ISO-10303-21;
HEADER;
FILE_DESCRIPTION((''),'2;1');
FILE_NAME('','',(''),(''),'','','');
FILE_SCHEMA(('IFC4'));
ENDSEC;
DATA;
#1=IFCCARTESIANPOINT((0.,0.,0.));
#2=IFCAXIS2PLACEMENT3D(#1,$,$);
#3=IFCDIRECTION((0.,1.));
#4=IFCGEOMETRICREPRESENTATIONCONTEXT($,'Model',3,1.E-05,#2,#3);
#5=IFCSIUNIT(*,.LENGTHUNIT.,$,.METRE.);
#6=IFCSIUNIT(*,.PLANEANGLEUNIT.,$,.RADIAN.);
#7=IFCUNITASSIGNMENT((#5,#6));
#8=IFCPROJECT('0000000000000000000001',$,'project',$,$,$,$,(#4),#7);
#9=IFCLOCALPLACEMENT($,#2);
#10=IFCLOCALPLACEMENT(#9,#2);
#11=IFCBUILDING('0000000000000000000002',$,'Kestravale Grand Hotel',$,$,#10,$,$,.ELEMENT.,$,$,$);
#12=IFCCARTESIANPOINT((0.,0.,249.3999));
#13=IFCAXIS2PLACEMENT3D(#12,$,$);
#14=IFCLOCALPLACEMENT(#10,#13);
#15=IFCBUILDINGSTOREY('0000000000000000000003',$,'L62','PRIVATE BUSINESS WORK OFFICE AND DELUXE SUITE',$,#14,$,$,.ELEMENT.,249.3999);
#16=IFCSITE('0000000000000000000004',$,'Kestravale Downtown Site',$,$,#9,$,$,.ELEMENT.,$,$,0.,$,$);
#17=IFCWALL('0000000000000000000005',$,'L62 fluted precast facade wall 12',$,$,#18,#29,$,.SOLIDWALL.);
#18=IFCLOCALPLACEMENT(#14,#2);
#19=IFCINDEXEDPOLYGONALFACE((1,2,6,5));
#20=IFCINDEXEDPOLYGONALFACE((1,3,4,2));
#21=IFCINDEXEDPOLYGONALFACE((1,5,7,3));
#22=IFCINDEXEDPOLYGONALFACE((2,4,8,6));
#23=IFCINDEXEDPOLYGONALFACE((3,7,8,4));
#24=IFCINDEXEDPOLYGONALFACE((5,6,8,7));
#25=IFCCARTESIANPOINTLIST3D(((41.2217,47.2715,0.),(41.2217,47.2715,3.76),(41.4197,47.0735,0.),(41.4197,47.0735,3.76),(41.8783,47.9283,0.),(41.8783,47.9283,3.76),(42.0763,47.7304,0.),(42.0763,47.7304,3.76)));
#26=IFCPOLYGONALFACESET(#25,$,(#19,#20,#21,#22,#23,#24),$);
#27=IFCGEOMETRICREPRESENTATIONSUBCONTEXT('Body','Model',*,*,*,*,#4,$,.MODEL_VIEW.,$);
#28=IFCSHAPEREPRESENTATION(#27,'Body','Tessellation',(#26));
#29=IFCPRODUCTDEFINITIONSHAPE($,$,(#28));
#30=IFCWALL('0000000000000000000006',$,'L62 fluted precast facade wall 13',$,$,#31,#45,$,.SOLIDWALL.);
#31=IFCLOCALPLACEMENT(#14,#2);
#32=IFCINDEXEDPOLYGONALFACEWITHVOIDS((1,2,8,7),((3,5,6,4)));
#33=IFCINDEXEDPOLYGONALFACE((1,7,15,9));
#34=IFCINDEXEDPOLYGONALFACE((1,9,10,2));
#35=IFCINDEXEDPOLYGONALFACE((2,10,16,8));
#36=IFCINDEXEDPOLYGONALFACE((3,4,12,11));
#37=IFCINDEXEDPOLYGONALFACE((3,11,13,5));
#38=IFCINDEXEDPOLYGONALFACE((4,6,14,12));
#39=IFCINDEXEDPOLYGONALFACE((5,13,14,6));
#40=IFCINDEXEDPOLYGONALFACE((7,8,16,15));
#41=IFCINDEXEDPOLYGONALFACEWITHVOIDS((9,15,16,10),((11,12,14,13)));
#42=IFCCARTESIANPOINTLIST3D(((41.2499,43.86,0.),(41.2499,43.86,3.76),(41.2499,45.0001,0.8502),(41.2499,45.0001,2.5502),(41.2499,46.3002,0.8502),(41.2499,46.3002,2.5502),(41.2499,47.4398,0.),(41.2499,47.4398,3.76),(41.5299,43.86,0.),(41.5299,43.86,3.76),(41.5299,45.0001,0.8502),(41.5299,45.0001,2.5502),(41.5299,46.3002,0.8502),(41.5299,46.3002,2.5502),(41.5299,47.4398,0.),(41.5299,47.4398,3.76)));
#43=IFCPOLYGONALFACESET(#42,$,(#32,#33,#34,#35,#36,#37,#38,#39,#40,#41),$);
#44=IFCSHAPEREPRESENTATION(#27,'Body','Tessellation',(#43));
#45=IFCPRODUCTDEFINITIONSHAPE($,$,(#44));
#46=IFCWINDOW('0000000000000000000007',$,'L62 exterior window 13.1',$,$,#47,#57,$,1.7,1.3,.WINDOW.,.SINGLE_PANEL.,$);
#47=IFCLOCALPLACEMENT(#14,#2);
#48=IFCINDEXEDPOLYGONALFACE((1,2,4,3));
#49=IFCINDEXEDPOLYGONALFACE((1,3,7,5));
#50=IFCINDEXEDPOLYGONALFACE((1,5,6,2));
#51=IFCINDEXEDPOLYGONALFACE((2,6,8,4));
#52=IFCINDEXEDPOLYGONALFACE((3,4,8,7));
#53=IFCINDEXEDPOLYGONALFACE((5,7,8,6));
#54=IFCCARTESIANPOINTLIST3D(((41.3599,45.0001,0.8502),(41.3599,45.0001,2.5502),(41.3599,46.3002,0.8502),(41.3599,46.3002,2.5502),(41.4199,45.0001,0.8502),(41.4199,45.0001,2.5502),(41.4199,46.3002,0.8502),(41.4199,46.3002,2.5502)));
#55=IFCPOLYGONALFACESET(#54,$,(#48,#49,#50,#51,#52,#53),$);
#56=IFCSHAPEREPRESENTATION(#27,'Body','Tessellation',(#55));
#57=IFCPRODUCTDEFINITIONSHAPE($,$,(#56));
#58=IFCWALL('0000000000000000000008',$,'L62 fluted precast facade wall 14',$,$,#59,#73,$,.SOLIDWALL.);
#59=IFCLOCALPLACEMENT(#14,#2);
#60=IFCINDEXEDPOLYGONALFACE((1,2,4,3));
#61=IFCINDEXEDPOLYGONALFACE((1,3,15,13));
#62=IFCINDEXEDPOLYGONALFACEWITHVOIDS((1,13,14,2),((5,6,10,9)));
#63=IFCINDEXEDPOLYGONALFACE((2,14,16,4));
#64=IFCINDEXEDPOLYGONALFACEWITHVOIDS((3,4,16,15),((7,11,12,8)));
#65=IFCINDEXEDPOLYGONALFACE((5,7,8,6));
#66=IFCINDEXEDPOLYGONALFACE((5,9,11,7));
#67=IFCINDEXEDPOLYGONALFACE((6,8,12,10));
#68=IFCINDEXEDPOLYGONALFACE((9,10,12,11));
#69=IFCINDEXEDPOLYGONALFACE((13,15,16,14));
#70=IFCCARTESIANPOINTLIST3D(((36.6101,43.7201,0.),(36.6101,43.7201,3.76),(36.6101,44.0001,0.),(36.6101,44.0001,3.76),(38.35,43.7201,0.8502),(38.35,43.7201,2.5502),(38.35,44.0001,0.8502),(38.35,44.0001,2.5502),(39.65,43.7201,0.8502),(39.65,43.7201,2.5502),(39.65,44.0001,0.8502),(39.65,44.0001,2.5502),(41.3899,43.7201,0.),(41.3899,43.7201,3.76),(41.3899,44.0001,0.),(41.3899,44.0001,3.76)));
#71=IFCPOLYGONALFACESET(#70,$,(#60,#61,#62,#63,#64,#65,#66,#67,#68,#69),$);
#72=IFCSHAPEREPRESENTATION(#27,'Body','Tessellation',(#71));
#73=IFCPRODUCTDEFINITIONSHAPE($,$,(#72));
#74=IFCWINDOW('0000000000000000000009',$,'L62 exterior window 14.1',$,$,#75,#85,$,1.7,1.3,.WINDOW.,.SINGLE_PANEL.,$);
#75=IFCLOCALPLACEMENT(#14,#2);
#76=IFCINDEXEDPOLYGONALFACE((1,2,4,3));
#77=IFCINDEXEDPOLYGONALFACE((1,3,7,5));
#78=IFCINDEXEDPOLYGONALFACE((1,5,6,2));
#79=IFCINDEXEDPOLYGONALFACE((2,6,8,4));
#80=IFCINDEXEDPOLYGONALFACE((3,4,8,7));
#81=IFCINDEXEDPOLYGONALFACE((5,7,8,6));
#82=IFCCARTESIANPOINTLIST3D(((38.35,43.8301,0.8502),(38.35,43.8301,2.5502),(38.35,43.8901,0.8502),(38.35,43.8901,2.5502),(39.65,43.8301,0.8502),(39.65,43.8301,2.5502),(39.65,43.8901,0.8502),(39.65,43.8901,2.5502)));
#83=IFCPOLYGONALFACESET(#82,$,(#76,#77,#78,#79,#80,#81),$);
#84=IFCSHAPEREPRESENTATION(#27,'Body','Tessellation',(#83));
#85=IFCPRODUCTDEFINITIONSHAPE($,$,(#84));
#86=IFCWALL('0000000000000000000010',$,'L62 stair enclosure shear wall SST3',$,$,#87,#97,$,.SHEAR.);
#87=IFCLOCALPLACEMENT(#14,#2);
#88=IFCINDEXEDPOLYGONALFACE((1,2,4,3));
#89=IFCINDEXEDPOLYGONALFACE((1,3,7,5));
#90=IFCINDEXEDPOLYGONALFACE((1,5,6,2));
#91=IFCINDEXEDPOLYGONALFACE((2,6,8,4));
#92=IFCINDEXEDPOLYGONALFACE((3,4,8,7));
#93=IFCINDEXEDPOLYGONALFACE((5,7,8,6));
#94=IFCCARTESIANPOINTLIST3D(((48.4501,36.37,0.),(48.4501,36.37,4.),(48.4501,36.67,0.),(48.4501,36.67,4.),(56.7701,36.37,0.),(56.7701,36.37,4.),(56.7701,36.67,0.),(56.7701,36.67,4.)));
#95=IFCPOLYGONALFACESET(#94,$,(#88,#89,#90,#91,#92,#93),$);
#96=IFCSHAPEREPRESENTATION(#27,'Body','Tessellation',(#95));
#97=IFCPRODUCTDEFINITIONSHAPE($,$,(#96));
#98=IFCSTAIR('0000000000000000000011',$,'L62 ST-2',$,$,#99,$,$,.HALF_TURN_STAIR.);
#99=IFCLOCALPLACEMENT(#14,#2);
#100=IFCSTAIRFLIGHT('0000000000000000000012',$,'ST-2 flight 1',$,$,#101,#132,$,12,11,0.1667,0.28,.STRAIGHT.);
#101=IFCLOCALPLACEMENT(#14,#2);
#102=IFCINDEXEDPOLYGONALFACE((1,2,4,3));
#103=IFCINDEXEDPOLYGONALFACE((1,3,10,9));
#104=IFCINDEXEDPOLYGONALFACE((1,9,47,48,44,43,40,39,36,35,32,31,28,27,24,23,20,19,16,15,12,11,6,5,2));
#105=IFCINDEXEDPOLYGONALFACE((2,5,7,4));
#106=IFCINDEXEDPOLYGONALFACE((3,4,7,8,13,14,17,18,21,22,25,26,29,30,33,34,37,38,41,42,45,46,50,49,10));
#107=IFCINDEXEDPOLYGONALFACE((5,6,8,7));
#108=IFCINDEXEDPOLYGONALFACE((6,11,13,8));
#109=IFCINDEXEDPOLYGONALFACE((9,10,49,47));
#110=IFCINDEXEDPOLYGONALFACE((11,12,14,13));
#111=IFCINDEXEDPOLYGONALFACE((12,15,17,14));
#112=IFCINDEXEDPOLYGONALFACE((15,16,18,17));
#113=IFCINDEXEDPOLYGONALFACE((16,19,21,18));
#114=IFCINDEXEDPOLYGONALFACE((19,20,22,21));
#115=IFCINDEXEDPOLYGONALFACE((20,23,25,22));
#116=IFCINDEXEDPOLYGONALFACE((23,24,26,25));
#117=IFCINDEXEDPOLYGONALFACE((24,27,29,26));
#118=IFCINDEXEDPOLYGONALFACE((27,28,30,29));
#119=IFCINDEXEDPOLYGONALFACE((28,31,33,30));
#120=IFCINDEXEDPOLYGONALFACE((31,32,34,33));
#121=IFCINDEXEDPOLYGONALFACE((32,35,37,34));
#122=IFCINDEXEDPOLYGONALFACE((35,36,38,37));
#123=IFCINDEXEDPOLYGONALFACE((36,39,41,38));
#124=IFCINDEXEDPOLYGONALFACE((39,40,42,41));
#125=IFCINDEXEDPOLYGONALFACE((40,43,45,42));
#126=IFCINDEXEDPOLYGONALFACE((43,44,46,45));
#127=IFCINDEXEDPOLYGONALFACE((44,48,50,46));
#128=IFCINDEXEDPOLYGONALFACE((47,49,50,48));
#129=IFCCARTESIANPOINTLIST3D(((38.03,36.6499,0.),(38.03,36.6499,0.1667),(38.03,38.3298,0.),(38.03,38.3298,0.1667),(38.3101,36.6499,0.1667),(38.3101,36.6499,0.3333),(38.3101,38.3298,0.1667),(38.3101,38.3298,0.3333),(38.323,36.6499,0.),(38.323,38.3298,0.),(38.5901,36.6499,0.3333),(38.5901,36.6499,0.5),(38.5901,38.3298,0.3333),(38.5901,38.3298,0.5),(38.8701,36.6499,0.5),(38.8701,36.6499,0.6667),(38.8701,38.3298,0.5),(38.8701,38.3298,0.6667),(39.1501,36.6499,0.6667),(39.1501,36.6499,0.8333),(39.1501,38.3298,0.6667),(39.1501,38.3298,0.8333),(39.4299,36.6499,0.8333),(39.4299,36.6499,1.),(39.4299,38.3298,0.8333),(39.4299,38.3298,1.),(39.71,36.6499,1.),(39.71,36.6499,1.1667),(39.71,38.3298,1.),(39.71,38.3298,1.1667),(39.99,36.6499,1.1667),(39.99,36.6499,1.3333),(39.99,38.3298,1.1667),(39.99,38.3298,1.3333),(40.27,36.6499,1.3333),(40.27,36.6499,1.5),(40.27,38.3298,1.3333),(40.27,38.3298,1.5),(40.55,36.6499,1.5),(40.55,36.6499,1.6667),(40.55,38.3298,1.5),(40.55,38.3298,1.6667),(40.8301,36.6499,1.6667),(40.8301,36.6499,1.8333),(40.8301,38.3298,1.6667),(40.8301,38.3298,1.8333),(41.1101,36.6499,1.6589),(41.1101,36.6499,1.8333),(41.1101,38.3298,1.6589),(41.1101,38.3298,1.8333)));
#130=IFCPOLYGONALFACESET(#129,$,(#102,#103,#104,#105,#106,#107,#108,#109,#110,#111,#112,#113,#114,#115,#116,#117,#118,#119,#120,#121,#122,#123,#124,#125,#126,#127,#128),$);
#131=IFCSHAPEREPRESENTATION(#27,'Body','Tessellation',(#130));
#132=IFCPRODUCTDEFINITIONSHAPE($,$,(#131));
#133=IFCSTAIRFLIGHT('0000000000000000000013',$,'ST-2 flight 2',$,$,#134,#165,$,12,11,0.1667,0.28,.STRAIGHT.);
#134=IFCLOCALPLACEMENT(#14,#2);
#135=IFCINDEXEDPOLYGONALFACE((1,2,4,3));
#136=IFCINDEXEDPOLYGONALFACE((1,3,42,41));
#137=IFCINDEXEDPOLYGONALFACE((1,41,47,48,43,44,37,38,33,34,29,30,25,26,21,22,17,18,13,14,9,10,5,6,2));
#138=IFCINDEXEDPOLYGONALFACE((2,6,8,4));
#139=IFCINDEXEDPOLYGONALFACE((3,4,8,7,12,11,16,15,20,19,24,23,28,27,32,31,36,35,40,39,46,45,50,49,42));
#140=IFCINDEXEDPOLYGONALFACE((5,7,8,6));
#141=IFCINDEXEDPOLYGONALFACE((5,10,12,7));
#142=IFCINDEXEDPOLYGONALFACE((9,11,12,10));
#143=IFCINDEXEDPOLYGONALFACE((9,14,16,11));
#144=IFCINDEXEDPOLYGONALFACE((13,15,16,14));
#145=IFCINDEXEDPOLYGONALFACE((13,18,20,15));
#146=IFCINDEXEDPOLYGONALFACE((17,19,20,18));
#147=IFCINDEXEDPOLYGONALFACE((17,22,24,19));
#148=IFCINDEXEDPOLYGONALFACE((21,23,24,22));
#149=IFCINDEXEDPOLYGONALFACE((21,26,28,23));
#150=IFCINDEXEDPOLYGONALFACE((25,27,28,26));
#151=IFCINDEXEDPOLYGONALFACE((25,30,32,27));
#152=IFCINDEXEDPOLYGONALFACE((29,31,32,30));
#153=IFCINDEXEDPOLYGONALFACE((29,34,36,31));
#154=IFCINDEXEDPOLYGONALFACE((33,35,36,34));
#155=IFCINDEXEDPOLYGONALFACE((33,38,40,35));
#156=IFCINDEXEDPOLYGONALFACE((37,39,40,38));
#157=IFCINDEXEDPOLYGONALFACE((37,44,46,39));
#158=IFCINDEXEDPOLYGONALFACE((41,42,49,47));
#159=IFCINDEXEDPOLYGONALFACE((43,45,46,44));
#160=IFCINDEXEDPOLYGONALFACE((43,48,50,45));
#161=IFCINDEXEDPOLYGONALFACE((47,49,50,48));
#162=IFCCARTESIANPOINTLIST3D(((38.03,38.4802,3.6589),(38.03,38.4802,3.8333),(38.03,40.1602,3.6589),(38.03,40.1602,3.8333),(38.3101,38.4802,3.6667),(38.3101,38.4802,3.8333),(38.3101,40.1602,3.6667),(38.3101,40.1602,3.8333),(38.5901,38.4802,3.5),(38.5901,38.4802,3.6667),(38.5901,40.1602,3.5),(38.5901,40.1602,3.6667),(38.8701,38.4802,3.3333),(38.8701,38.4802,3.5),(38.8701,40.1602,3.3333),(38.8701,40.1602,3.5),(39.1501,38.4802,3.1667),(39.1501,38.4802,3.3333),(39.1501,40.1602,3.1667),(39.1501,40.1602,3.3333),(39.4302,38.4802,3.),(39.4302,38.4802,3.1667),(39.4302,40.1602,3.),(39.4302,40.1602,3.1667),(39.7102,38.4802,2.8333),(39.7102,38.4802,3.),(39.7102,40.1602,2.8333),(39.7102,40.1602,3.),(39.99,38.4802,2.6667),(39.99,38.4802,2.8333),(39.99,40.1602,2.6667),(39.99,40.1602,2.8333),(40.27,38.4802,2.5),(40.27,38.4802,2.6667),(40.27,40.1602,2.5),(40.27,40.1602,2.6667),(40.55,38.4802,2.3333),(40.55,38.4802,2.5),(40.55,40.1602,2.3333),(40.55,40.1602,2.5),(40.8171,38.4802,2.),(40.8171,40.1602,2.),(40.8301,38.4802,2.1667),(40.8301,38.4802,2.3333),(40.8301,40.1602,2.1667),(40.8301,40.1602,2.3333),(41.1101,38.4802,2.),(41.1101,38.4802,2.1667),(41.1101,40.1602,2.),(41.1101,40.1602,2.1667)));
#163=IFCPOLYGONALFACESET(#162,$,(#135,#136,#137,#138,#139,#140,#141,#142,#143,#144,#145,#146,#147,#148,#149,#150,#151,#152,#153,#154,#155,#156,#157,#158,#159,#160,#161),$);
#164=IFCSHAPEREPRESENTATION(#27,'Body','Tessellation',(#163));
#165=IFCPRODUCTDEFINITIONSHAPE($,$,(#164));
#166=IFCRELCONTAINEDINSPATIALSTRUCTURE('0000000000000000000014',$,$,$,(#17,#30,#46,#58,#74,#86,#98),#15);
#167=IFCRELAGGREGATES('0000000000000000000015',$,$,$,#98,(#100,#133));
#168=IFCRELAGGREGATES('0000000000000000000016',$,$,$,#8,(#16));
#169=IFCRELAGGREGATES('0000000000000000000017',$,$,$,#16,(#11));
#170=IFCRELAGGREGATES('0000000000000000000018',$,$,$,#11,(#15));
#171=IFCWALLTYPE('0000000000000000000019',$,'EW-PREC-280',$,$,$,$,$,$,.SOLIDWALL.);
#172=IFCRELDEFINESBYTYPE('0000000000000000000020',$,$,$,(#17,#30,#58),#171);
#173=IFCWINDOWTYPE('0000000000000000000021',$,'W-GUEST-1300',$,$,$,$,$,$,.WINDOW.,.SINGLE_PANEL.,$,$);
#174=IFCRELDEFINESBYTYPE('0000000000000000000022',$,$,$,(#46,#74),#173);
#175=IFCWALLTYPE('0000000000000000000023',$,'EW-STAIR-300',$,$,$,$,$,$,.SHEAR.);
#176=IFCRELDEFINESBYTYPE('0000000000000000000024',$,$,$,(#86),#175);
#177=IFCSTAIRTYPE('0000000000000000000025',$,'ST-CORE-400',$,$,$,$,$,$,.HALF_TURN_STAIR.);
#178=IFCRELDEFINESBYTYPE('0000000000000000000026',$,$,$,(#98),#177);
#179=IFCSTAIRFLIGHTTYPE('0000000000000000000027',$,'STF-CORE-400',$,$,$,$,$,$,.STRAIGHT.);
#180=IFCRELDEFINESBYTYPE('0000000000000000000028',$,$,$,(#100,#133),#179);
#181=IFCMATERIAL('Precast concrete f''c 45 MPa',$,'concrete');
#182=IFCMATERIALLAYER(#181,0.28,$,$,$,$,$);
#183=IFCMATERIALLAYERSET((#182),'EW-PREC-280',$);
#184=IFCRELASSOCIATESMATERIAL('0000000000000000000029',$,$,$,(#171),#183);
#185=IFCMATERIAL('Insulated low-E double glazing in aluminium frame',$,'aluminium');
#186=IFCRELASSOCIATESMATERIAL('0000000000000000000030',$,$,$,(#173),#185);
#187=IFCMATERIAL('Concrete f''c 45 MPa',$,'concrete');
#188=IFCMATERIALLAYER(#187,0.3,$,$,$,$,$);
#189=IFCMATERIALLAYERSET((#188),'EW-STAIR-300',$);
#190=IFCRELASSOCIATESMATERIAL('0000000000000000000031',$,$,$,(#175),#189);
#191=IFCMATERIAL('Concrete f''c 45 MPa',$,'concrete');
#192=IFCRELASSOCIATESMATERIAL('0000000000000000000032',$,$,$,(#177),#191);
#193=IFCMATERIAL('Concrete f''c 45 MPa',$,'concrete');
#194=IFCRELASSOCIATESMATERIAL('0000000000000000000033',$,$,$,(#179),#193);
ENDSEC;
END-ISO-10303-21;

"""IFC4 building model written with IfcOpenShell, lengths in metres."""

from ifc_helpers import new_model, si_unit, direction, frame, frame_2d, origin, place, context, subcontext, project, spatial, polyline, rectangle, outline, extrude, material, layer, layer_set, type_object, element, fill, aggregate, save


model = new_model("IFC4")

# Units and contexts
model_context = context("Model", 3, precision=1e-05, world=origin(), true_north=direction((0.0, 1.0)))
body_context = subcontext(model_context, "Body", "Model", "MODEL_VIEW")
ifc_project = project(units=[si_unit("LENGTHUNIT", "METRE"), si_unit("PLANEANGLEUNIT", "RADIAN")], contexts=[model_context])

# Site, building, storey
site_placement = place(None, origin())
site = spatial("IfcSite", under=ifc_project, at=site_placement, Name="Kestravale Downtown Site", CompositionType="ELEMENT", RefElevation=0.0)
building_placement = place(site_placement, origin())
building = spatial("IfcBuilding", under=site, at=building_placement, Name="Kestravale Grand Hotel", CompositionType="ELEMENT")
storey_placement = place(building_placement, frame((0.0, 0.0, 249.3999)))
storey = spatial("IfcBuildingStorey", under=building, at=storey_placement, Name="L62", Description="PRIVATE BUSINESS WORK OFFICE AND DELUXE SUITE", CompositionType="ELEMENT", Elevation=249.3999)

# Wall
ifc_material_1 = material(Name="Precast concrete f'c 45 MPa", Category="concrete")
ifc_layer_1 = layer(ifc_material_1, 0.28)
ifc_layer_set_1 = layer_set([ifc_layer_1], Name="EW-PREC-280")
wall_type_1 = type_object("IfcWallType", Name="EW-PREC-280", PredefinedType="SOLIDWALL", material=ifc_layer_set_1)
wall_1_placement = place(storey_placement, frame((41.9773, 47.8293, 0.0), z_axis=(0.0, 0.0, 1.0), x_axis=(-0.706975, -0.707238, 0.0)))
element("IfcWall", 1, at=wall_1_placement, inside=storey, type_object=wall_type_1, Name="L62 fluted precast facade wall 12", PredefinedType="SOLIDWALL", context=body_context, shape_type="SweptSolid", body=[
    extrude(rectangle(XDim=0.9287, YDim=0.28, at=frame_2d((0.4644, 0.0))), origin(), (0.0, 0.0, 1.0), 3.76),
])

# Walls, openings, windows
wall_2_placement = place(storey_placement, frame((41.3899, 47.4399, 0.0), z_axis=(0.0, 0.0, 1.0), x_axis=(0.0, -1.0, 0.0)))
wall_2 = element("IfcWall", 2, at=wall_2_placement, inside=storey, type_object=wall_type_1, Name="L62 fluted precast facade wall 13", PredefinedType="SOLIDWALL", context=body_context, shape_type="SweptSolid", body=[
    extrude(rectangle(XDim=3.5798, YDim=0.28, at=frame_2d((1.79, 0.0))), origin(), (0.0, 0.0, 1.0), 3.76),
])
opening_1_placement = place(wall_2_placement, frame((1.1399, 0.0, 0.8501)))
opening_1 = element("IfcOpeningElement", 3, at=opening_1_placement, cuts=wall_2, PredefinedType="OPENING", context=body_context, shape_type="SweptSolid", body=[
    extrude(rectangle(XDim=1.3, YDim=1.7, at=frame_2d((0.6499, 0.8501))), frame((0.0, 0.1499, 0.0), z_axis=(0.0, -1.0, 0.0), x_axis=(1.0, 0.0, 0.0)), (0.0, 0.0, 1.0), 0.3),
])
ifc_material_2 = material(Name="Insulated low-E double glazing in aluminium frame", Category="aluminium")
window_type = type_object("IfcWindowType", Name="W-GUEST-1300", PartitioningType="SINGLE_PANEL", PredefinedType="WINDOW", material=ifc_material_2)
window_1_placement = place(opening_1_placement, origin())
window_1 = element("IfcWindow", 4, at=window_1_placement, inside=storey, type_object=window_type, Name="L62 exterior window 13.1", OverallHeight=1.7, OverallWidth=1.3, PartitioningType="SINGLE_PANEL", PredefinedType="WINDOW", context=body_context, shape_type="SweptSolid", body=[
    extrude(rectangle(XDim=1.3, YDim=1.7, at=frame_2d((0.6499, 0.8501))), frame((0.0, 0.03, 0.0), z_axis=(0.0, -1.0, 0.0), x_axis=(1.0, 0.0, 0.0)), (0.0, 0.0, 1.0), 0.0601),
])
fill(opening_1, window_1)
wall_3_placement = place(storey_placement, frame((41.3899, 43.8601, 0.0), z_axis=(0.0, 0.0, 1.0), x_axis=(-1.0, 0.0, 0.0)))
wall_3 = element("IfcWall", 5, at=wall_3_placement, inside=storey, type_object=wall_type_1, Name="L62 fluted precast facade wall 14", PredefinedType="SOLIDWALL", context=body_context, shape_type="SweptSolid", body=[
    extrude(rectangle(XDim=4.7798, YDim=0.28, at=frame_2d((2.3899, 0.0))), origin(), (0.0, 0.0, 1.0), 3.76),
])
opening_2_placement = place(wall_3_placement, frame((1.74, 0.0, 0.8501)))
opening_2 = element("IfcOpeningElement", 6, at=opening_2_placement, cuts=wall_3, PredefinedType="OPENING", context=body_context, shape_type="SweptSolid", body=[
    extrude(rectangle(XDim=1.3, YDim=1.7, at=frame_2d((0.6499, 0.8501))), frame((0.0, 0.1499, 0.0), z_axis=(0.0, -1.0, 0.0), x_axis=(1.0, 0.0, 0.0)), (0.0, 0.0, 1.0), 0.3),
])
window_2_placement = place(opening_2_placement, origin())
window_2 = element("IfcWindow", 7, at=window_2_placement, inside=storey, type_object=window_type, Name="L62 exterior window 14.1", OverallHeight=1.7, OverallWidth=1.3, PartitioningType="SINGLE_PANEL", PredefinedType="WINDOW", context=body_context, shape_type="SweptSolid", body=[
    extrude(rectangle(XDim=1.3, YDim=1.7, at=frame_2d((0.6499, 0.8501))), frame((0.0, 0.03, 0.0), z_axis=(0.0, -1.0, 0.0), x_axis=(1.0, 0.0, 0.0)), (0.0, 0.0, 1.0), 0.0601),
])
fill(opening_2, window_2)

# Wall
ifc_material_3 = material(Name="Concrete f'c 45 MPa", Category="concrete")
ifc_layer_2 = layer(ifc_material_3, 0.3)
ifc_layer_set_2 = layer_set([ifc_layer_2], Name="EW-STAIR-300")
wall_type_2 = type_object("IfcWallType", Name="EW-STAIR-300", PredefinedType="SHEAR", material=ifc_layer_set_2)
wall_4_placement = place(storey_placement, frame((48.45, 36.52, 0.0), z_axis=(0.0, 0.0, 1.0), x_axis=(1.0, 0.0, 0.0)))
element("IfcWall", 8, at=wall_4_placement, inside=storey, type_object=wall_type_2, Name="L62 stair enclosure shear wall SST3", PredefinedType="SHEAR", context=body_context, shape_type="SweptSolid", body=[
    extrude(rectangle(XDim=8.3201, YDim=0.3, at=frame_2d((4.1602, 0.0))), origin(), (0.0, 0.0, 1.0), 4.0),
])

# Stair, stair flights
ifc_material_4 = material(Name="Concrete f'c 45 MPa", Category="concrete")
stair_type = type_object("IfcStairType", Name="ST-CORE-400", PredefinedType="HALF_TURN_STAIR", material=ifc_material_4)
stair_placement = place(storey_placement, origin())
stair = element("IfcStair", 9, at=stair_placement, inside=storey, type_object=stair_type, Name="L62 ST-2", PredefinedType="HALF_TURN_STAIR")
ifc_material_5 = material(Name="Concrete f'c 45 MPa", Category="concrete")
stair_flight_type = type_object("IfcStairFlightType", Name="STF-CORE-400", PredefinedType="STRAIGHT", material=ifc_material_5)
stair_flight_1_placement = place(storey_placement, frame((38.03, 37.49, 0.0), z_axis=(0.0, 0.0, 1.0), x_axis=(1.0, 0.0, 0.0)))
stair_flight_1 = element("IfcStairFlight", 10, at=stair_flight_1_placement, type_object=stair_flight_type, Name="ST-2 flight 1", NumberOfRisers=12, NumberOfTreads=11, PredefinedType="STRAIGHT", RiserHeight=0.1667, TreadLength=0.28, context=body_context, shape_type="SweptSolid", body=[
    extrude(outline(polyline([(0.0, 0.0), (0.0, 0.1667), (0.28, 0.1667), (0.28, 0.3333), (0.5601, 0.3333), (0.5601, 0.5), (0.8401, 0.5), (0.8401, 0.6667), (1.1201, 0.6667), (1.1201, 0.8333), (1.3999, 0.8333), (1.3999, 1.0), (1.6799, 1.0), (1.6799, 1.1667), (1.96, 1.1667), (1.96, 1.3333), (2.24, 1.3333), (2.24, 1.5), (2.52, 1.5), (2.52, 1.6667), (2.8, 1.6667), (2.8, 1.8333), (3.0801, 1.8333), (3.0801, 2.0), (3.0801, 1.6589), (0.293, 0.0), (0.0, 0.0)])), frame((0.0, 0.8398, 0.0), z_axis=(0.0, -1.0, 0.0), x_axis=(1.0, 0.0, 0.0)), (0.0, 0.0, 1.0), 1.6799),
])
stair_flight_2_placement = place(storey_placement, frame((41.1101, 39.3201, 2.0), z_axis=(0.0, 0.0, 1.0), x_axis=(-1.0, 0.0, 0.0)))
stair_flight_2 = element("IfcStairFlight", 11, at=stair_flight_2_placement, type_object=stair_flight_type, Name="ST-2 flight 2", NumberOfRisers=12, NumberOfTreads=11, PredefinedType="STRAIGHT", RiserHeight=0.1667, TreadLength=0.28, context=body_context, shape_type="SweptSolid", body=[
    extrude(outline(polyline([(0.0, 0.0), (0.0, 0.1667), (0.28, 0.1667), (0.28, 0.3333), (0.5601, 0.3333), (0.5601, 0.5), (0.8401, 0.5), (0.8401, 0.6667), (1.1201, 0.6667), (1.1201, 0.8333), (1.3999, 0.8333), (1.3999, 1.0), (1.6799, 1.0), (1.6799, 1.1667), (1.96, 1.1667), (1.96, 1.3333), (2.24, 1.3333), (2.24, 1.5), (2.52, 1.5), (2.52, 1.6667), (2.8, 1.6667), (2.8, 1.8333), (3.0801, 1.8333), (3.0801, 2.0), (3.0801, 1.6589), (0.293, 0.0), (0.0, 0.0)])), frame((0.0, 0.8398, 0.0), z_axis=(0.0, -1.0, 0.0), x_axis=(1.0, 0.0, 0.0)), (0.0, 0.0, 1.0), 1.6799),
])
aggregate(stair, [stair_flight_1, stair_flight_2])

save(model, "model.ifc")
